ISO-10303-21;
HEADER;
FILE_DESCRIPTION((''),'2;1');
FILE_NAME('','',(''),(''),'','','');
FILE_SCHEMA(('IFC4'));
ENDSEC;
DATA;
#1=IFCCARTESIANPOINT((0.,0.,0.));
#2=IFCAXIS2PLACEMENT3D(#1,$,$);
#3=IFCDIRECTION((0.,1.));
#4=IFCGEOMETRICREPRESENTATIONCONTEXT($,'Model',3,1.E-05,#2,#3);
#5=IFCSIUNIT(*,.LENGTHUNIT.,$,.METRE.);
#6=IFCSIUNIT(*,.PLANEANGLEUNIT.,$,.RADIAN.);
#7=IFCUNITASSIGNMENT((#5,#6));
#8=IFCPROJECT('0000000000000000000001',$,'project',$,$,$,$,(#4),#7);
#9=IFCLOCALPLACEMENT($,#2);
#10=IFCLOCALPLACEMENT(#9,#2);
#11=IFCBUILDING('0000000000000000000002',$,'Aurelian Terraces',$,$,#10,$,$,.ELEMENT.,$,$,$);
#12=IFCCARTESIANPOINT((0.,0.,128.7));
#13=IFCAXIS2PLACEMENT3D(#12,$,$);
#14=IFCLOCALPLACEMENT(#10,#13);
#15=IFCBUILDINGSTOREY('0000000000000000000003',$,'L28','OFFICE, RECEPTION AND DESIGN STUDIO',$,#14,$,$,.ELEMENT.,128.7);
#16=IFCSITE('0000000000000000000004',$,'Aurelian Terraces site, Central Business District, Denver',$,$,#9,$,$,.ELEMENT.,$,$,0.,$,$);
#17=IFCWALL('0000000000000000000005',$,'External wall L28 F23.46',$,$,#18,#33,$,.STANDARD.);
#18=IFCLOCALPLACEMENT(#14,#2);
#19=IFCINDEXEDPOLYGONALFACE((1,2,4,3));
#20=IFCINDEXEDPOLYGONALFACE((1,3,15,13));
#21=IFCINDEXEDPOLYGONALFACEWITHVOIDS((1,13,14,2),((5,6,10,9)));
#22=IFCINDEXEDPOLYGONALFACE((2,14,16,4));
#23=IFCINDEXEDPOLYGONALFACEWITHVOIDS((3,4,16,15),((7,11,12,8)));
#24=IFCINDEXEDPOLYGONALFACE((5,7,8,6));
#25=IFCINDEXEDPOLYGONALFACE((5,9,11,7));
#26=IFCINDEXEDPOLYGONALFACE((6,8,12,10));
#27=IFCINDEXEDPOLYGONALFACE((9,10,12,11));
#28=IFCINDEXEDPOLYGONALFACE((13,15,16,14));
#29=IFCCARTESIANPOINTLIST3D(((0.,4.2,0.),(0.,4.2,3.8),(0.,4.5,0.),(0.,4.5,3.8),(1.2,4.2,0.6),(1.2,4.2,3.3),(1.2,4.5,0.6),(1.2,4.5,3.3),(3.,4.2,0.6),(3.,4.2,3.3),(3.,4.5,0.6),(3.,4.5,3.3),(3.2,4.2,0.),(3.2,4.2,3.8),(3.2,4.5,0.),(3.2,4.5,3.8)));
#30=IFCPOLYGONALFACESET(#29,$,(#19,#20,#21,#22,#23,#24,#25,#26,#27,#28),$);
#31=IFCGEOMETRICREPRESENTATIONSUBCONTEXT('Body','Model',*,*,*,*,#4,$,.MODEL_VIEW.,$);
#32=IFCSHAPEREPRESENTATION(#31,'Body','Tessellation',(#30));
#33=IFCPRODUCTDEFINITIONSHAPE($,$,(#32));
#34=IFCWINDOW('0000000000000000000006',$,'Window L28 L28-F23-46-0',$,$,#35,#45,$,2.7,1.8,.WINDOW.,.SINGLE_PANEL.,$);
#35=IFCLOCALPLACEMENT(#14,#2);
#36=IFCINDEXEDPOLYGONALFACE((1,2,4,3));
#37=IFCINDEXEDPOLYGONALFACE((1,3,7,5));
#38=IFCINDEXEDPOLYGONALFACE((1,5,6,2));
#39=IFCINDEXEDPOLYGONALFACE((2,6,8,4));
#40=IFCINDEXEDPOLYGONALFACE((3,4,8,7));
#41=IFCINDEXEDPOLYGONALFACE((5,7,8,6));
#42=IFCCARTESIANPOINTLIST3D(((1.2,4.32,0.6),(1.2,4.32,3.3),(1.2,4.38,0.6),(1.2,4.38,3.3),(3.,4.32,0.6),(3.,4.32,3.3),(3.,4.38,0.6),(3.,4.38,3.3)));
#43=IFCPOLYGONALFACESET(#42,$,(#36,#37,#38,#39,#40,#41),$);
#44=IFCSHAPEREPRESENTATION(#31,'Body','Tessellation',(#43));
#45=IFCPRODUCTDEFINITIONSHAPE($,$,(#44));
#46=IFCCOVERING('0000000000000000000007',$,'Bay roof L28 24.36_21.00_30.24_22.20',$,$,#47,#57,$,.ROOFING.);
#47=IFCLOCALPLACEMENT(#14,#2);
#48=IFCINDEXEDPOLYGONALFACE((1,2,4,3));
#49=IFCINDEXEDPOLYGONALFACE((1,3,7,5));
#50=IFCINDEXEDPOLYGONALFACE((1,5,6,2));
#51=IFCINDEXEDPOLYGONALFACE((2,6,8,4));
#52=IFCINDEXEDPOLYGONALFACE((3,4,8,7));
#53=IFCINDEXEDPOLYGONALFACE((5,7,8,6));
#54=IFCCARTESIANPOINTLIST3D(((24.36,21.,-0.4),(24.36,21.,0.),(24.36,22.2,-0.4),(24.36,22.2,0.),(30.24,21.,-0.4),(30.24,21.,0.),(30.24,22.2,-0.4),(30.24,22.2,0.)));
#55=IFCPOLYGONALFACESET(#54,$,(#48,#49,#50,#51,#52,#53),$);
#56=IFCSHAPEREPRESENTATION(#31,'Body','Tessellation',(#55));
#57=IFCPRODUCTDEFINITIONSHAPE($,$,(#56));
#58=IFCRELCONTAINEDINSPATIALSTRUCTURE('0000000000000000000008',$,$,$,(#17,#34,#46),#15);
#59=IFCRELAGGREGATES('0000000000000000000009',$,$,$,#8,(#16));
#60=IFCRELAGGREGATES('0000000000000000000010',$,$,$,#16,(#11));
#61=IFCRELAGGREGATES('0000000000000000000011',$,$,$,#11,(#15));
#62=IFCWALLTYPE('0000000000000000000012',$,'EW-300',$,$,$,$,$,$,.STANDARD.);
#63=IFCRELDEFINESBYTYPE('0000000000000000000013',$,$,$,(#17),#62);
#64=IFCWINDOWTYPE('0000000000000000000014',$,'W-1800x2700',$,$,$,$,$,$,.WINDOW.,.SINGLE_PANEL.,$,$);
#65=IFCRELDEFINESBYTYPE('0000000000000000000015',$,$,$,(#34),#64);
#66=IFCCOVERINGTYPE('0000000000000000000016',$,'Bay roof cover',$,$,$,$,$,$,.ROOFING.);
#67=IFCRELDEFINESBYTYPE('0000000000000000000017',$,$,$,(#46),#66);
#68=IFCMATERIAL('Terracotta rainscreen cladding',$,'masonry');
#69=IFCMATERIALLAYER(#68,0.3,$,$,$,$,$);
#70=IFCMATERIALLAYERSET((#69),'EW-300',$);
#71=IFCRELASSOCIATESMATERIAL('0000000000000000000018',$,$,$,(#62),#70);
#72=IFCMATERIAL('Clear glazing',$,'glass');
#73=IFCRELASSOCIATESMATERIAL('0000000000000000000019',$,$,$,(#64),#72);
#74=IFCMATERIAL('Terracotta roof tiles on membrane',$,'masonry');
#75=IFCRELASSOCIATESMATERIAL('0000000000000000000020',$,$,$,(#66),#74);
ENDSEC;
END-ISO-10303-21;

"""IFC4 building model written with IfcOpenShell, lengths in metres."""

from ifc_helpers import new_model, si_unit, direction, frame, frame_2d, origin, place, context, subcontext, project, spatial, polyline, rectangle, outline, extrude, source, transform, mapped, material, layer, layer_set, type_object, element, fill, save


model = new_model("IFC4")

# Units and contexts
model_context = context("Model", 3, precision=1e-05, world=origin(), true_north=direction((0.0, 1.0)))
body_context = subcontext(model_context, "Body", "Model", "MODEL_VIEW")
ifc_project = project(units=[si_unit("LENGTHUNIT", "METRE"), si_unit("PLANEANGLEUNIT", "RADIAN")], contexts=[model_context])

# Site, building, storey
site_placement = place(None, origin())
site = spatial("IfcSite", under=ifc_project, at=site_placement, Name="Aurelian Terraces site, Central Business District, Denver", CompositionType="ELEMENT", RefElevation=0.0)
building_placement = place(site_placement, origin())
building = spatial("IfcBuilding", under=site, at=building_placement, Name="Aurelian Terraces", CompositionType="ELEMENT")
storey_placement = place(building_placement, frame((0.0, 0.0, 128.7)))
storey = spatial("IfcBuildingStorey", under=building, at=storey_placement, Name="L28", Description="OFFICE, RECEPTION AND DESIGN STUDIO", CompositionType="ELEMENT", Elevation=128.7)

# Wall, opening, window
ifc_material_1 = material(Name="Terracotta rainscreen cladding", Category="masonry")
ifc_layer_1 = layer(ifc_material_1, 0.3)
ifc_layer_set_1 = layer_set([ifc_layer_1], Name="EW-300")
wall_type_1 = type_object("IfcWallType", Name="EW-300", PredefinedType="STANDARD", material=ifc_layer_set_1)
shared_shape_1 = source(origin(), body_context, "Body", "SweptSolid", [
    extrude(rectangle(XDim=1.8, YDim=2.7, at=frame_2d((0.9, 1.35))), frame((0.0, 0.16, 0.0), z_axis=(0.0, -1.0, 0.0), x_axis=(1.0, 0.0, 0.0)), (0.0, 0.0, 1.0), 0.32),
])
ifc_material_2 = material(Name="Clear glazing", Category="glass")
window_type = type_object("IfcWindowType", Name="W-1800x2700", PartitioningType="SINGLE_PANEL", PredefinedType="WINDOW", material=ifc_material_2)
shared_shape_2 = source(origin(), body_context, "Body", "SweptSolid", [
    extrude(rectangle(XDim=1.8, YDim=2.7, at=frame_2d((0.9, 1.35))), frame((0.0, 0.03, 0.0), z_axis=(0.0, -1.0, 0.0), x_axis=(1.0, 0.0, 0.0)), (0.0, 0.0, 1.0), 0.06),
])
shared_shape_3 = source(origin(), body_context, "Body", "SweptSolid", [
    extrude(rectangle(XDim=3.2, YDim=0.3, at=frame_2d((1.6, 0.0))), origin(), (0.0, 0.0, 1.0), 3.8),
])
wall_1_placement = place(storey_placement, frame((0.0, 4.35, 0.0), z_axis=(0.0, 0.0, 1.0), x_axis=(1.0, 0.0, 0.0)))
wall_1 = element("IfcWall", 1, at=wall_1_placement, inside=storey, type_object=wall_type_1, Name="External wall L28 F23.46", PredefinedType="STANDARD", context=body_context, shape_type="MappedRepresentation", body=[
    mapped(shared_shape_3, transform((0.0, 0.0, 0.0), scale=1.0)),
])
opening_1_placement = place(wall_1_placement, frame((1.2, 0.0, 0.6)))
opening_1 = element("IfcOpeningElement", 2, at=opening_1_placement, cuts=wall_1, PredefinedType="OPENING", context=body_context, shape_type="MappedRepresentation", body=[
    mapped(shared_shape_1, transform((0.0, 0.0, 0.0), scale=1.0)),
])
window_1_placement = place(opening_1_placement, origin())
window_1 = element("IfcWindow", 3, at=window_1_placement, inside=storey, type_object=window_type, Name="Window L28 L28-F23-46-0", OverallHeight=2.7, OverallWidth=1.8, PartitioningType="SINGLE_PANEL", PredefinedType="WINDOW", context=body_context, shape_type="MappedRepresentation", body=[
    mapped(shared_shape_2, transform((0.0, 0.0, 0.0), scale=1.0)),
])
fill(opening_1, window_1)

# Covering
ifc_material_3 = material(Name="Terracotta roof tiles on membrane", Category="masonry")
covering_type = type_object("IfcCoveringType", Name="Bay roof cover", PredefinedType="ROOFING", material=ifc_material_3)
shared_shape_4 = source(origin(), body_context, "Body", "SweptSolid", [
    extrude(outline(polyline([(24.36, 21.0), (24.36, 22.2), (30.24, 22.2), (30.24, 21.0), (24.36, 21.0)])), origin(), (0.0, 0.0, 1.0), 0.4),
])
covering_placement = place(storey_placement, frame((0.0, 0.0, -0.4)))
element("IfcCovering", 4, at=covering_placement, inside=storey, type_object=covering_type, Name="Bay roof L28 24.36_21.00_30.24_22.20", PredefinedType="ROOFING", context=body_context, shape_type="MappedRepresentation", body=[
    mapped(shared_shape_4, transform((0.0, 0.0, 0.0), scale=1.0)),
])

save(model, "model.ifc")
